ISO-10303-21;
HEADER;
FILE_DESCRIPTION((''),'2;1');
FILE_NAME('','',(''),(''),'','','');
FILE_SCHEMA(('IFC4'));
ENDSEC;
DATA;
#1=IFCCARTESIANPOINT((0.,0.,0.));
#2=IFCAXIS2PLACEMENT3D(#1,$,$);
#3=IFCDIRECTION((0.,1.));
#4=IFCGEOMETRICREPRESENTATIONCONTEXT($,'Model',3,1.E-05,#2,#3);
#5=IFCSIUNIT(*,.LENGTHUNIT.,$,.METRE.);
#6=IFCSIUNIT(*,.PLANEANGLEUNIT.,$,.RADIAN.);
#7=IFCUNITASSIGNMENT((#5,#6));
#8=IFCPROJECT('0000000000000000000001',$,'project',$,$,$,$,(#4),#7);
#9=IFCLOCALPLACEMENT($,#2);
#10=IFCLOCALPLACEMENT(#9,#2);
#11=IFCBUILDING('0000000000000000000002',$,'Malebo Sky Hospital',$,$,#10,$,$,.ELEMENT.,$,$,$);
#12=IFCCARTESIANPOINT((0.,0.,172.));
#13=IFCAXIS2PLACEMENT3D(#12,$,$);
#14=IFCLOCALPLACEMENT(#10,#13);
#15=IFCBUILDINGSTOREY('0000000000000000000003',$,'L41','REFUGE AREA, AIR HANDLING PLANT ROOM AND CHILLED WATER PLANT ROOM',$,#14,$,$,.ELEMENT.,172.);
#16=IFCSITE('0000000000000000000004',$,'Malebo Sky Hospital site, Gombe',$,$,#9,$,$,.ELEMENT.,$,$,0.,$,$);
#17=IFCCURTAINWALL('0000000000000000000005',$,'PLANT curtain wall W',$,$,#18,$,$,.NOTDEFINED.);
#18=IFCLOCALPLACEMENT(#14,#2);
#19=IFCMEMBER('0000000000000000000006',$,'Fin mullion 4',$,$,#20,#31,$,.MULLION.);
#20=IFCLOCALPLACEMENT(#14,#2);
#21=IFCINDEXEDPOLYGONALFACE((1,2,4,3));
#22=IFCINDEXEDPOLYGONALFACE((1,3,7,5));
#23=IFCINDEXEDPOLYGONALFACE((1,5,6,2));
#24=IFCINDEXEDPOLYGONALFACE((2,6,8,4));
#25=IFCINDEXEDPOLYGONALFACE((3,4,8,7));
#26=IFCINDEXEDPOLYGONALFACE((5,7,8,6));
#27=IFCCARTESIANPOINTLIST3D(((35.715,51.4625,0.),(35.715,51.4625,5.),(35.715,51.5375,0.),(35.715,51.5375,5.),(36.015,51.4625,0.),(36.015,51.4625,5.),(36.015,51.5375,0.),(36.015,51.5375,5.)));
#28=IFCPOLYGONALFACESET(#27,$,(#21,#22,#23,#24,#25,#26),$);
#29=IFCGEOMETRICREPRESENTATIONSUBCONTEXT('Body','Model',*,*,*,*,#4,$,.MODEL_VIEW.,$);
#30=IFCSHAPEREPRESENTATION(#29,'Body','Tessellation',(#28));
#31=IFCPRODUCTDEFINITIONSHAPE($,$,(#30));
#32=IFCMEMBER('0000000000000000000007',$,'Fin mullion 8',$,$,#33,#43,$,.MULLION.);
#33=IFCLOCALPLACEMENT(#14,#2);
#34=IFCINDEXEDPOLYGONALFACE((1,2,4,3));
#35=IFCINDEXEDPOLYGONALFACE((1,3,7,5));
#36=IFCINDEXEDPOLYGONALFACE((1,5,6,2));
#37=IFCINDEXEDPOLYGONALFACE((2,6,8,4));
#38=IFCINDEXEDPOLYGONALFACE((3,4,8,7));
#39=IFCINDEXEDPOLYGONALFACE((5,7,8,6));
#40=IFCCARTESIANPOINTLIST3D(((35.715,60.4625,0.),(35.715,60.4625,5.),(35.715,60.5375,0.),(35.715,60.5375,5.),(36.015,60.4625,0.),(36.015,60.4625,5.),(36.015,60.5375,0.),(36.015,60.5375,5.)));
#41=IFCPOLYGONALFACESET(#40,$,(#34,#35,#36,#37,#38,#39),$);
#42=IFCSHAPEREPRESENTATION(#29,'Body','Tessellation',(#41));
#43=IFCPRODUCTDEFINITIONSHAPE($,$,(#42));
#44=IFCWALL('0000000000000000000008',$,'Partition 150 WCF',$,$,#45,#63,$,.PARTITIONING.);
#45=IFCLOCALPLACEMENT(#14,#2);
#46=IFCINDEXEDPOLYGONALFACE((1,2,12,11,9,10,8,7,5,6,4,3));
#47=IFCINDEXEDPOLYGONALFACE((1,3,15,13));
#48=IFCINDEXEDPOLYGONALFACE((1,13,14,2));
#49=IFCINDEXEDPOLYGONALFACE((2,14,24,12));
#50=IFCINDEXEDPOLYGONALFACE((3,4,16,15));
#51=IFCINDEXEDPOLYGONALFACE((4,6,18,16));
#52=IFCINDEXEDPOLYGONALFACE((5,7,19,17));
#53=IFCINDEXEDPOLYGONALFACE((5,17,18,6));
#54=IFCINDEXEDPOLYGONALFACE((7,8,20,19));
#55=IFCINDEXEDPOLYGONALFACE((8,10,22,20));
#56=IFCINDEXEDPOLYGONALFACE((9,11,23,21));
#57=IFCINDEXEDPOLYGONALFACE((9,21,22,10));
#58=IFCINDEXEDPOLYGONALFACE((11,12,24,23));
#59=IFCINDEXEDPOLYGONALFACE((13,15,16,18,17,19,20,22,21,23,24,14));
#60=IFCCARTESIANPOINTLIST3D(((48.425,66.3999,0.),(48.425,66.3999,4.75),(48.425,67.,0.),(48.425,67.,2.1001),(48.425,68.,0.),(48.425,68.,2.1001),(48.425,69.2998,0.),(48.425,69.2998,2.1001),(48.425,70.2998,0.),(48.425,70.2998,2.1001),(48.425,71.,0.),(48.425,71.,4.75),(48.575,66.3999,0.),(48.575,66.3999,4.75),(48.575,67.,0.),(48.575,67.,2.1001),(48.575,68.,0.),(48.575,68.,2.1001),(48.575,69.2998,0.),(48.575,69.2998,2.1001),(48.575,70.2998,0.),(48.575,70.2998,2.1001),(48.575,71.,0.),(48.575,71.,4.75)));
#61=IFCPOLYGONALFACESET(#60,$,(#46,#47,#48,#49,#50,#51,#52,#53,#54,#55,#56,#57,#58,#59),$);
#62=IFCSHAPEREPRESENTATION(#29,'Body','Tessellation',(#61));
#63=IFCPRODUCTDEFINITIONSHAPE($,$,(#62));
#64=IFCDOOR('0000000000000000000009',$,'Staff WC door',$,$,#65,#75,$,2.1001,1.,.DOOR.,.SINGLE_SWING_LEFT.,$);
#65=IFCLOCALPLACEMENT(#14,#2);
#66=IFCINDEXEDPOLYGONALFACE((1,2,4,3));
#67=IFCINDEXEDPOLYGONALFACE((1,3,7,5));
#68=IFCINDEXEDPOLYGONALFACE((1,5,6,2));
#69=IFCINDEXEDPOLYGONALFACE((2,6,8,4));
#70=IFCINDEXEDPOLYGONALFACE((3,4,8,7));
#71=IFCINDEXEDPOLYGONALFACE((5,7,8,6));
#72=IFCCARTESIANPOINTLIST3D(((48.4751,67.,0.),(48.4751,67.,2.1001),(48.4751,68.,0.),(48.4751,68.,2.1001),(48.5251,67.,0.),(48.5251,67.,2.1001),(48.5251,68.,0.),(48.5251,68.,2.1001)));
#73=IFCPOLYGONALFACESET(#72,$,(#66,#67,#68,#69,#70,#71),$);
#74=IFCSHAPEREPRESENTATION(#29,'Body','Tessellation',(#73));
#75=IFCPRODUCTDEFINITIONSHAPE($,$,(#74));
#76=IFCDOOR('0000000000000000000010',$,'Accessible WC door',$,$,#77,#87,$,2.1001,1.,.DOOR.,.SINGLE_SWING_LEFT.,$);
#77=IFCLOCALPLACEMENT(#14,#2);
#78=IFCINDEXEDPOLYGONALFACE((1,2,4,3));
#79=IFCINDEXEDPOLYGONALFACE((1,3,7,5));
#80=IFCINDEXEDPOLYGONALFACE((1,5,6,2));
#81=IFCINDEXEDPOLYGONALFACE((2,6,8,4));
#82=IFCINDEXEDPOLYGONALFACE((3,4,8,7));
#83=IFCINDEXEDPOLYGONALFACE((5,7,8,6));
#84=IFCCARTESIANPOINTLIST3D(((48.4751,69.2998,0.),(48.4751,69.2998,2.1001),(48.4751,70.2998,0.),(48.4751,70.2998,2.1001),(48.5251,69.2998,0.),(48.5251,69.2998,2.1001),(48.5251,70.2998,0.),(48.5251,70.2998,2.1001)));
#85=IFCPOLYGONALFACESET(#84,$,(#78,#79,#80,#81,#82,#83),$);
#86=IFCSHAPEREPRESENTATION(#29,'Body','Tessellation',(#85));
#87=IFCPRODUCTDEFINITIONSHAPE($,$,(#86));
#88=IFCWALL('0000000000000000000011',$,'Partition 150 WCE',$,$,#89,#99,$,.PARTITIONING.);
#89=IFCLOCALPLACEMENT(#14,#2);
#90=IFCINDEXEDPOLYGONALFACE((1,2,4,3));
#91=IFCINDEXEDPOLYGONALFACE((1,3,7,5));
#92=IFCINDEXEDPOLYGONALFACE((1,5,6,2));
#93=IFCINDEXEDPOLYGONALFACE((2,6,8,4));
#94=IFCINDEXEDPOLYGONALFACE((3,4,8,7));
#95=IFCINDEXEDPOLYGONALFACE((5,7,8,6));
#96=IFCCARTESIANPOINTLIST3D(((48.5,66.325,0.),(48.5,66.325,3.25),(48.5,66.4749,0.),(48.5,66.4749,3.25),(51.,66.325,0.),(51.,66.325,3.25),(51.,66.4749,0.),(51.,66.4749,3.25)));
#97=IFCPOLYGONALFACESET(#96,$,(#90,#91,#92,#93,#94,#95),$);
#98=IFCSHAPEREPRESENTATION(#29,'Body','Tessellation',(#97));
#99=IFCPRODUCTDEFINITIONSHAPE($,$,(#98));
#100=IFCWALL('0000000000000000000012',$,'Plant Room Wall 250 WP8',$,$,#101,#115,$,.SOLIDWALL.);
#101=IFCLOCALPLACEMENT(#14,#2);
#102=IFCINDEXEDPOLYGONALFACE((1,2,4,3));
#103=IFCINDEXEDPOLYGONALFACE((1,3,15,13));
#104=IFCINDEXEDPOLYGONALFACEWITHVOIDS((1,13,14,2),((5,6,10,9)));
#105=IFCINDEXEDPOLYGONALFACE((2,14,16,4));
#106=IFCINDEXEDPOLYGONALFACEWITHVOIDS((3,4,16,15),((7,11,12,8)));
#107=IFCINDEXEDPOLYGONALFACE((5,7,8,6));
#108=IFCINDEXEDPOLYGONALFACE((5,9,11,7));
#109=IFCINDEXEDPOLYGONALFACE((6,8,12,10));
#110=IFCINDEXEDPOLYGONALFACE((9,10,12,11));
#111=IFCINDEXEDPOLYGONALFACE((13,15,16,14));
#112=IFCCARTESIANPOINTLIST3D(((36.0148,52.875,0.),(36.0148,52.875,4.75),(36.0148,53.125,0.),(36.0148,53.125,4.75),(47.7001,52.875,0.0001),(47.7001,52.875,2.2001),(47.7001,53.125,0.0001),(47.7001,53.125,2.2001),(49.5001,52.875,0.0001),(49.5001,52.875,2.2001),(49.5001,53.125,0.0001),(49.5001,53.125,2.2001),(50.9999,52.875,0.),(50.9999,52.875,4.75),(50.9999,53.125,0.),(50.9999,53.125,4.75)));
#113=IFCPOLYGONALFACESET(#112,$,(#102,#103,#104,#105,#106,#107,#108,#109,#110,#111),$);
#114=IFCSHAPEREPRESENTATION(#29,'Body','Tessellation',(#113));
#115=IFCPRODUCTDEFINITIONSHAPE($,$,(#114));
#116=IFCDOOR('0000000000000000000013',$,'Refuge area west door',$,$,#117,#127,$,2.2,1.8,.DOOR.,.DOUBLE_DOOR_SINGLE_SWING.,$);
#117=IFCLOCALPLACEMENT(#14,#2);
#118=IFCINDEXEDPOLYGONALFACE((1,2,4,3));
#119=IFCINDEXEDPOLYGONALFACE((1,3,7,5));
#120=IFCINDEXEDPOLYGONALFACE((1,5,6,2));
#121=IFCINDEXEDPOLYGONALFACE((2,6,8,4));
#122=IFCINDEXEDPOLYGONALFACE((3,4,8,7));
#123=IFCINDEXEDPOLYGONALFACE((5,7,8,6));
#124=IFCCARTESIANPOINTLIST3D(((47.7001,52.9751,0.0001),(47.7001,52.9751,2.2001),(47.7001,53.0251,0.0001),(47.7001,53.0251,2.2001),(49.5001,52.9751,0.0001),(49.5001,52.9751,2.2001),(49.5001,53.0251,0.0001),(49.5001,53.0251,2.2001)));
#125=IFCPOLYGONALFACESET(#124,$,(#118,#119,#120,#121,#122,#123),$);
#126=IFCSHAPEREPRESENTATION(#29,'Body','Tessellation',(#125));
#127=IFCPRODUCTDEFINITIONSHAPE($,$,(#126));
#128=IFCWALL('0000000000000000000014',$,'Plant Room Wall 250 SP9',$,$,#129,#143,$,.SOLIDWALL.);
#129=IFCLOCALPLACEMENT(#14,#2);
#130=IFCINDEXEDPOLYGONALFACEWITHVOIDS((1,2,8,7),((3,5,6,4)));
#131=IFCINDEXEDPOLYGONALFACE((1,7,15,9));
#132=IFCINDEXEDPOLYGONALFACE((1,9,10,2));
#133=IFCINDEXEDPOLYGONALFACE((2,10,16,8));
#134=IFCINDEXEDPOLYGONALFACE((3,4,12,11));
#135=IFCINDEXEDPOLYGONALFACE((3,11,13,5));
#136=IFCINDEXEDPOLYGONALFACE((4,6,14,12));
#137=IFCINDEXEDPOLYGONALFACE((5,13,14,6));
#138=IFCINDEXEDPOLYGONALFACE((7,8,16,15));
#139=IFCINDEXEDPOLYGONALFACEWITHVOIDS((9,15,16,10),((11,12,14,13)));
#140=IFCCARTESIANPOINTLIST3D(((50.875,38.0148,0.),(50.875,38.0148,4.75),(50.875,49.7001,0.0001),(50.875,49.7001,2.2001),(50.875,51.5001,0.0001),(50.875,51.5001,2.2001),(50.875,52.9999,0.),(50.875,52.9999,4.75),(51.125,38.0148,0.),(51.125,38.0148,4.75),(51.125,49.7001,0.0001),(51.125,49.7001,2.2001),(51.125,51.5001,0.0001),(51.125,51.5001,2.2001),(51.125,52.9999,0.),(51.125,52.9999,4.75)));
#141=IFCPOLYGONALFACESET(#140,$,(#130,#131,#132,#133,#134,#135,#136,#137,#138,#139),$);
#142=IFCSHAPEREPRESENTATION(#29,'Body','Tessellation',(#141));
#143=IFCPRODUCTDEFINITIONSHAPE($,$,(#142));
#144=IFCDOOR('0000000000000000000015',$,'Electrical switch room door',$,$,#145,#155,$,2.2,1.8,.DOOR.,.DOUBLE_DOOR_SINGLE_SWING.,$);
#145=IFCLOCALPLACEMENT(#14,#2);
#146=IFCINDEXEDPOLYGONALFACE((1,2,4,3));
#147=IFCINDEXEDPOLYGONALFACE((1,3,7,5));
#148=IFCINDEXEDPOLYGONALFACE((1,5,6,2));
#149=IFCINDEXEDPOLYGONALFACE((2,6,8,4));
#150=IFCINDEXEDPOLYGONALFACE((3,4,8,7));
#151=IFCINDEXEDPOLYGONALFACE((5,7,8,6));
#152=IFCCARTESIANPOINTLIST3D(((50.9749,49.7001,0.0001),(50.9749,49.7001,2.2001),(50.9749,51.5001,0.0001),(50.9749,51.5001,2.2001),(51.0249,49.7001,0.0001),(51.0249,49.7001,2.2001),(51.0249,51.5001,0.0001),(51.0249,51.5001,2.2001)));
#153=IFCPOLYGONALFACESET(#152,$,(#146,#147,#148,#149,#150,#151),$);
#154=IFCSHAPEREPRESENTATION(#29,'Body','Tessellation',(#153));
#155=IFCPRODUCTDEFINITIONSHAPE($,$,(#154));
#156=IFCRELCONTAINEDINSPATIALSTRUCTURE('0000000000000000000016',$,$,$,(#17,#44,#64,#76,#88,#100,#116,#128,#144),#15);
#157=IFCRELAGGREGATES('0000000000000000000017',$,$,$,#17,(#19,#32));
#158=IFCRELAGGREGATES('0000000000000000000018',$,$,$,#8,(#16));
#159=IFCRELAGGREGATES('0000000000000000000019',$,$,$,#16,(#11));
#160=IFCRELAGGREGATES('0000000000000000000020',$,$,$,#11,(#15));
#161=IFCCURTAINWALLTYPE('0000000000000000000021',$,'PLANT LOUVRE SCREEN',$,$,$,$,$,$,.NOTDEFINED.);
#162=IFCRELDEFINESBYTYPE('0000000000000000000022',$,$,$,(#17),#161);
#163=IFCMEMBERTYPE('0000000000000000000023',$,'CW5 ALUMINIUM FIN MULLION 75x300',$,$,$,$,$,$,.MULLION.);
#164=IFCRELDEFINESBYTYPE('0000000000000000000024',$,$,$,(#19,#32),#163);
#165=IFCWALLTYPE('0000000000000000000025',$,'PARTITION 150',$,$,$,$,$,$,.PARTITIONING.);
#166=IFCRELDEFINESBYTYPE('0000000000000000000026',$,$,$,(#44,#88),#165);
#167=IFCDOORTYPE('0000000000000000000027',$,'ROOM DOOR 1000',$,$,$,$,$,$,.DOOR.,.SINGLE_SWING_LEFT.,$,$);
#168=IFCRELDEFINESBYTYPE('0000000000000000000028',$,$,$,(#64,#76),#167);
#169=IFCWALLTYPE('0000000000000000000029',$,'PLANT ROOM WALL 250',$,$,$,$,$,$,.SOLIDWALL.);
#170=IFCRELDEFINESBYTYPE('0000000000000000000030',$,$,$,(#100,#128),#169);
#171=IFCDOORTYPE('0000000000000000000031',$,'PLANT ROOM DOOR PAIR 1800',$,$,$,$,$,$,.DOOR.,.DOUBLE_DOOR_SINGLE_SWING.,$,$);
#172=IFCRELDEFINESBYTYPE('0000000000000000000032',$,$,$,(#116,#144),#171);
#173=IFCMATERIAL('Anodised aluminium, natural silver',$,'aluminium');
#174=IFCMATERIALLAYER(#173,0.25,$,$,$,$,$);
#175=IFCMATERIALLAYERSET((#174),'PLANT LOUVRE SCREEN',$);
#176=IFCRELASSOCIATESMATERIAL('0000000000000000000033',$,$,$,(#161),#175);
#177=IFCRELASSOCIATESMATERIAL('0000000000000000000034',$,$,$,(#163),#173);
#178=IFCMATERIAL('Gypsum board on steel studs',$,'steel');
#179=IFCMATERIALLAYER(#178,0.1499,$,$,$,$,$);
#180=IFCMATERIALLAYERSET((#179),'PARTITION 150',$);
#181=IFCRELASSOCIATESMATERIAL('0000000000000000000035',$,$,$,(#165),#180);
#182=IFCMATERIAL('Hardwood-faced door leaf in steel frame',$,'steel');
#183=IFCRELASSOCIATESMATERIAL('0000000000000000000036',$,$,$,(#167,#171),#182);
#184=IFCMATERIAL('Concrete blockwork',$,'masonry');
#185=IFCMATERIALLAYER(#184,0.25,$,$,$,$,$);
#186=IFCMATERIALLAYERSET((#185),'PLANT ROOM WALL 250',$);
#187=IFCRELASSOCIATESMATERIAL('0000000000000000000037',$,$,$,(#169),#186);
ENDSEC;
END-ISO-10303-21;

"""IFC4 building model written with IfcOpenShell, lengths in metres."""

from ifc_helpers import new_model, si_unit, direction, frame, frame_2d, origin, origin_2d, place, context, subcontext, project, spatial, rectangle, extrude, material, layer, layer_set, material_profile, profile_set, type_object, element, fill, aggregate, save


model = new_model("IFC4")

# Units and contexts
model_context = context("Model", 3, precision=1e-05, world=origin(), true_north=direction((0.0, 1.0)))
body_context = subcontext(model_context, "Body", "Model", "MODEL_VIEW")
ifc_project = project(units=[si_unit("LENGTHUNIT", "METRE"), si_unit("PLANEANGLEUNIT", "RADIAN")], contexts=[model_context])

# Site, building, storey
site_placement = place(None, origin())
site = spatial("IfcSite", under=ifc_project, at=site_placement, Name="Malebo Sky Hospital site, Gombe", CompositionType="ELEMENT", RefElevation=0.0)
building_placement = place(site_placement, origin())
building = spatial("IfcBuilding", under=site, at=building_placement, Name="Malebo Sky Hospital", CompositionType="ELEMENT")
storey_placement = place(building_placement, frame((0.0, 0.0, 172.0)))
storey = spatial("IfcBuildingStorey", under=building, at=storey_placement, Name="L41", Description="REFUGE AREA, AIR HANDLING PLANT ROOM AND CHILLED WATER PLANT ROOM", CompositionType="ELEMENT", Elevation=172.0)

# Curtain wall, members
ifc_material_1 = material(Name="Anodised aluminium, natural silver", Category="aluminium")
ifc_layer_1 = layer(ifc_material_1, 0.25)
ifc_layer_set_1 = layer_set([ifc_layer_1], Name="PLANT LOUVRE SCREEN")
curtain_wall_type = type_object("IfcCurtainWallType", Name="PLANT LOUVRE SCREEN", PredefinedType="NOTDEFINED", material=ifc_layer_set_1)
curtain_wall_placement = place(storey_placement, origin())
curtain_wall = element("IfcCurtainWall", 1, at=curtain_wall_placement, inside=storey, type_object=curtain_wall_type, Name="PLANT curtain wall W", PredefinedType="NOTDEFINED")
ifc_material_profile_1 = material_profile(ifc_material_1, rectangle(XDim=0.075, YDim=0.3, at=origin_2d()), Name="CW5 ALUMINIUM FIN MULLION 75x300")
ifc_profile_set_1 = profile_set([ifc_material_profile_1], Name="Anodised aluminium, natural silver")
member_type_1 = type_object("IfcMemberType", Name="CW5 ALUMINIUM FIN MULLION 75x300", PredefinedType="MULLION", material=ifc_profile_set_1)
member_1_placement = place(storey_placement, frame((35.865, 51.5, 0.0), z_axis=(0.0, 0.0, 1.0), x_axis=(0.0, 1.0, 0.0)))
member_1 = element("IfcMember", 2, at=member_1_placement, type_object=member_type_1, Name="Fin mullion 4", PredefinedType="MULLION", context=body_context, shape_type="SweptSolid", body=[
    extrude(rectangle(XDim=0.075, YDim=0.3, at=origin_2d()), origin(), (0.0, 0.0, 1.0), 5.0),
])
member_2_placement = place(storey_placement, frame((35.865, 60.5, 0.0), z_axis=(0.0, 0.0, 1.0), x_axis=(0.0, 1.0, 0.0)))
member_2 = element("IfcMember", 3, at=member_2_placement, type_object=member_type_1, Name="Fin mullion 8", PredefinedType="MULLION", context=body_context, shape_type="SweptSolid", body=[
    extrude(rectangle(XDim=0.075, YDim=0.3, at=origin_2d()), origin(), (0.0, 0.0, 1.0), 5.0),
])
aggregate(curtain_wall, [member_1, member_2])

# Wall, openings, doors
ifc_material_2 = material(Name="Gypsum board on steel studs", Category="steel")
ifc_layer_2 = layer(ifc_material_2, 0.1499)
ifc_layer_set_2 = layer_set([ifc_layer_2], Name="PARTITION 150")
wall_type_1 = type_object("IfcWallType", Name="PARTITION 150", PredefinedType="PARTITIONING", material=ifc_layer_set_2)
wall_1_placement = place(storey_placement, frame((48.5, 66.3999, 0.0), z_axis=(0.0, 0.0, 1.0), x_axis=(0.0, 1.0, 0.0)))
wall_1 = element("IfcWall", 4, at=wall_1_placement, inside=storey, type_object=wall_type_1, Name="Partition 150 WCF", PredefinedType="PARTITIONING", context=body_context, shape_type="SweptSolid", body=[
    extrude(rectangle(XDim=4.6001, YDim=0.1499, at=frame_2d((2.3, 0.0))), origin(), (0.0, 0.0, 1.0), 4.75),
])
opening_1_placement = place(wall_1_placement, frame((0.6001, 0.0, 0.0)))
opening_1 = element("IfcOpeningElement", 5, at=opening_1_placement, cuts=wall_1, PredefinedType="OPENING", context=body_context, shape_type="SweptSolid", body=[
    extrude(rectangle(XDim=1.0, YDim=2.1001, at=frame_2d((0.5, 1.05))), frame((0.0, 0.085, 0.0), z_axis=(0.0, -1.0, 0.0), x_axis=(1.0, 0.0, 0.0)), (0.0, 0.0, 1.0), 0.1699),
])
opening_2_placement = place(wall_1_placement, frame((2.8999, 0.0, 0.0)))
opening_2 = element("IfcOpeningElement", 6, at=opening_2_placement, cuts=wall_1, PredefinedType="OPENING", context=body_context, shape_type="SweptSolid", body=[
    extrude(rectangle(XDim=1.0, YDim=2.1001, at=frame_2d((0.5, 1.05))), frame((0.0, 0.085, 0.0), z_axis=(0.0, -1.0, 0.0), x_axis=(1.0, 0.0, 0.0)), (0.0, 0.0, 1.0), 0.1699),
])
ifc_material_3 = material(Name="Hardwood-faced door leaf in steel frame", Category="steel")
door_type_1 = type_object("IfcDoorType", Name="ROOM DOOR 1000", OperationType="SINGLE_SWING_LEFT", PredefinedType="DOOR", material=ifc_material_3)
door_1_placement = place(opening_1_placement, origin())
door_1 = element("IfcDoor", 7, at=door_1_placement, inside=storey, type_object=door_type_1, Name="Staff WC door", OperationType="SINGLE_SWING_LEFT", OverallHeight=2.1001, OverallWidth=1.0, PredefinedType="DOOR", context=body_context, shape_type="SweptSolid", body=[
    extrude(rectangle(XDim=1.0, YDim=2.1001, at=frame_2d((0.5, 1.05))), frame((0.0, 0.0249, 0.0), z_axis=(0.0, -1.0, 0.0), x_axis=(1.0, 0.0, 0.0)), (0.0, 0.0, 1.0), 0.05),
])
fill(opening_1, door_1)
door_2_placement = place(opening_2_placement, origin())
door_2 = element("IfcDoor", 8, at=door_2_placement, inside=storey, type_object=door_type_1, Name="Accessible WC door", OperationType="SINGLE_SWING_LEFT", OverallHeight=2.1001, OverallWidth=1.0, PredefinedType="DOOR", context=body_context, shape_type="SweptSolid", body=[
    extrude(rectangle(XDim=1.0, YDim=2.1001, at=frame_2d((0.5, 1.05))), frame((0.0, 0.0249, 0.0), z_axis=(0.0, -1.0, 0.0), x_axis=(1.0, 0.0, 0.0)), (0.0, 0.0, 1.0), 0.05),
])
fill(opening_2, door_2)

# Wall
wall_2_placement = place(storey_placement, frame((51.0, 66.3999, 0.0), z_axis=(0.0, 0.0, 1.0), x_axis=(-1.0, 0.0, 0.0)))
element("IfcWall", 9, at=wall_2_placement, inside=storey, type_object=wall_type_1, Name="Partition 150 WCE", PredefinedType="PARTITIONING", context=body_context, shape_type="SweptSolid", body=[
    extrude(rectangle(XDim=2.5, YDim=0.1499, at=frame_2d((1.25, 0.0))), origin(), (0.0, 0.0, 1.0), 3.25),
])

# Walls, openings, doors
ifc_material_4 = material(Name="Concrete blockwork", Category="masonry")
ifc_layer_3 = layer(ifc_material_4, 0.25)
ifc_layer_set_3 = layer_set([ifc_layer_3], Name="PLANT ROOM WALL 250")
wall_type_2 = type_object("IfcWallType", Name="PLANT ROOM WALL 250", PredefinedType="SOLIDWALL", material=ifc_layer_set_3)
wall_3_placement = place(storey_placement, frame((51.0, 53.0, 0.0), z_axis=(0.0, 0.0, 1.0), x_axis=(-1.0, 0.0, 0.0)))
wall_3 = element("IfcWall", 10, at=wall_3_placement, inside=storey, type_object=wall_type_2, Name="Plant Room Wall 250 WP8", PredefinedType="SOLIDWALL", context=body_context, shape_type="SweptSolid", body=[
    extrude(rectangle(XDim=14.9851, YDim=0.25, at=frame_2d((7.4927, 0.0))), origin(), (0.0, 0.0, 1.0), 4.75),
])
opening_3_placement = place(wall_3_placement, frame((1.5, 0.0, 0.0)))
opening_3 = element("IfcOpeningElement", 11, at=opening_3_placement, cuts=wall_3, PredefinedType="OPENING", context=body_context, shape_type="SweptSolid", body=[
    extrude(rectangle(XDim=1.8, YDim=2.2, at=frame_2d((0.8999, 1.1001))), frame((0.0, 0.135, 0.0), z_axis=(0.0, -1.0, 0.0), x_axis=(1.0, 0.0, 0.0)), (0.0, 0.0, 1.0), 0.27),
])
door_type_2 = type_object("IfcDoorType", Name="PLANT ROOM DOOR PAIR 1800", OperationType="DOUBLE_DOOR_SINGLE_SWING", PredefinedType="DOOR", material=ifc_material_3)
door_3_placement = place(opening_3_placement, origin())
door_3 = element("IfcDoor", 12, at=door_3_placement, inside=storey, type_object=door_type_2, Name="Refuge area west door", OperationType="DOUBLE_DOOR_SINGLE_SWING", OverallHeight=2.2, OverallWidth=1.8, PredefinedType="DOOR", context=body_context, shape_type="SweptSolid", body=[
    extrude(rectangle(XDim=1.8, YDim=2.2, at=frame_2d((0.8999, 1.1001))), frame((0.0, 0.0249, 0.0), z_axis=(0.0, -1.0, 0.0), x_axis=(1.0, 0.0, 0.0)), (0.0, 0.0, 1.0), 0.05),
])
fill(opening_3, door_3)
wall_4_placement = place(storey_placement, frame((51.0, 53.0, 0.0), z_axis=(0.0, 0.0, 1.0), x_axis=(0.0, -1.0, 0.0)))
wall_4 = element("IfcWall", 13, at=wall_4_placement, inside=storey, type_object=wall_type_2, Name="Plant Room Wall 250 SP9", PredefinedType="SOLIDWALL", context=body_context, shape_type="SweptSolid", body=[
    extrude(rectangle(XDim=14.9851, YDim=0.25, at=frame_2d((7.4927, 0.0))), origin(), (0.0, 0.0, 1.0), 4.75),
])
opening_4_placement = place(wall_4_placement, frame((1.5, 0.0, 0.0)))
opening_4 = element("IfcOpeningElement", 14, at=opening_4_placement, cuts=wall_4, PredefinedType="OPENING", context=body_context, shape_type="SweptSolid", body=[
    extrude(rectangle(XDim=1.8, YDim=2.2, at=frame_2d((0.8999, 1.1001))), frame((0.0, 0.135, 0.0), z_axis=(0.0, -1.0, 0.0), x_axis=(1.0, 0.0, 0.0)), (0.0, 0.0, 1.0), 0.27),
])
door_4_placement = place(opening_4_placement, origin())
door_4 = element("IfcDoor", 15, at=door_4_placement, inside=storey, type_object=door_type_2, Name="Electrical switch room door", OperationType="DOUBLE_DOOR_SINGLE_SWING", OverallHeight=2.2, OverallWidth=1.8, PredefinedType="DOOR", context=body_context, shape_type="SweptSolid", body=[
    extrude(rectangle(XDim=1.8, YDim=2.2, at=frame_2d((0.8999, 1.1001))), frame((0.0, 0.0249, 0.0), z_axis=(0.0, -1.0, 0.0), x_axis=(1.0, 0.0, 0.0)), (0.0, 0.0, 1.0), 0.05),
])
fill(opening_4, door_4)

save(model, "model.ifc")
